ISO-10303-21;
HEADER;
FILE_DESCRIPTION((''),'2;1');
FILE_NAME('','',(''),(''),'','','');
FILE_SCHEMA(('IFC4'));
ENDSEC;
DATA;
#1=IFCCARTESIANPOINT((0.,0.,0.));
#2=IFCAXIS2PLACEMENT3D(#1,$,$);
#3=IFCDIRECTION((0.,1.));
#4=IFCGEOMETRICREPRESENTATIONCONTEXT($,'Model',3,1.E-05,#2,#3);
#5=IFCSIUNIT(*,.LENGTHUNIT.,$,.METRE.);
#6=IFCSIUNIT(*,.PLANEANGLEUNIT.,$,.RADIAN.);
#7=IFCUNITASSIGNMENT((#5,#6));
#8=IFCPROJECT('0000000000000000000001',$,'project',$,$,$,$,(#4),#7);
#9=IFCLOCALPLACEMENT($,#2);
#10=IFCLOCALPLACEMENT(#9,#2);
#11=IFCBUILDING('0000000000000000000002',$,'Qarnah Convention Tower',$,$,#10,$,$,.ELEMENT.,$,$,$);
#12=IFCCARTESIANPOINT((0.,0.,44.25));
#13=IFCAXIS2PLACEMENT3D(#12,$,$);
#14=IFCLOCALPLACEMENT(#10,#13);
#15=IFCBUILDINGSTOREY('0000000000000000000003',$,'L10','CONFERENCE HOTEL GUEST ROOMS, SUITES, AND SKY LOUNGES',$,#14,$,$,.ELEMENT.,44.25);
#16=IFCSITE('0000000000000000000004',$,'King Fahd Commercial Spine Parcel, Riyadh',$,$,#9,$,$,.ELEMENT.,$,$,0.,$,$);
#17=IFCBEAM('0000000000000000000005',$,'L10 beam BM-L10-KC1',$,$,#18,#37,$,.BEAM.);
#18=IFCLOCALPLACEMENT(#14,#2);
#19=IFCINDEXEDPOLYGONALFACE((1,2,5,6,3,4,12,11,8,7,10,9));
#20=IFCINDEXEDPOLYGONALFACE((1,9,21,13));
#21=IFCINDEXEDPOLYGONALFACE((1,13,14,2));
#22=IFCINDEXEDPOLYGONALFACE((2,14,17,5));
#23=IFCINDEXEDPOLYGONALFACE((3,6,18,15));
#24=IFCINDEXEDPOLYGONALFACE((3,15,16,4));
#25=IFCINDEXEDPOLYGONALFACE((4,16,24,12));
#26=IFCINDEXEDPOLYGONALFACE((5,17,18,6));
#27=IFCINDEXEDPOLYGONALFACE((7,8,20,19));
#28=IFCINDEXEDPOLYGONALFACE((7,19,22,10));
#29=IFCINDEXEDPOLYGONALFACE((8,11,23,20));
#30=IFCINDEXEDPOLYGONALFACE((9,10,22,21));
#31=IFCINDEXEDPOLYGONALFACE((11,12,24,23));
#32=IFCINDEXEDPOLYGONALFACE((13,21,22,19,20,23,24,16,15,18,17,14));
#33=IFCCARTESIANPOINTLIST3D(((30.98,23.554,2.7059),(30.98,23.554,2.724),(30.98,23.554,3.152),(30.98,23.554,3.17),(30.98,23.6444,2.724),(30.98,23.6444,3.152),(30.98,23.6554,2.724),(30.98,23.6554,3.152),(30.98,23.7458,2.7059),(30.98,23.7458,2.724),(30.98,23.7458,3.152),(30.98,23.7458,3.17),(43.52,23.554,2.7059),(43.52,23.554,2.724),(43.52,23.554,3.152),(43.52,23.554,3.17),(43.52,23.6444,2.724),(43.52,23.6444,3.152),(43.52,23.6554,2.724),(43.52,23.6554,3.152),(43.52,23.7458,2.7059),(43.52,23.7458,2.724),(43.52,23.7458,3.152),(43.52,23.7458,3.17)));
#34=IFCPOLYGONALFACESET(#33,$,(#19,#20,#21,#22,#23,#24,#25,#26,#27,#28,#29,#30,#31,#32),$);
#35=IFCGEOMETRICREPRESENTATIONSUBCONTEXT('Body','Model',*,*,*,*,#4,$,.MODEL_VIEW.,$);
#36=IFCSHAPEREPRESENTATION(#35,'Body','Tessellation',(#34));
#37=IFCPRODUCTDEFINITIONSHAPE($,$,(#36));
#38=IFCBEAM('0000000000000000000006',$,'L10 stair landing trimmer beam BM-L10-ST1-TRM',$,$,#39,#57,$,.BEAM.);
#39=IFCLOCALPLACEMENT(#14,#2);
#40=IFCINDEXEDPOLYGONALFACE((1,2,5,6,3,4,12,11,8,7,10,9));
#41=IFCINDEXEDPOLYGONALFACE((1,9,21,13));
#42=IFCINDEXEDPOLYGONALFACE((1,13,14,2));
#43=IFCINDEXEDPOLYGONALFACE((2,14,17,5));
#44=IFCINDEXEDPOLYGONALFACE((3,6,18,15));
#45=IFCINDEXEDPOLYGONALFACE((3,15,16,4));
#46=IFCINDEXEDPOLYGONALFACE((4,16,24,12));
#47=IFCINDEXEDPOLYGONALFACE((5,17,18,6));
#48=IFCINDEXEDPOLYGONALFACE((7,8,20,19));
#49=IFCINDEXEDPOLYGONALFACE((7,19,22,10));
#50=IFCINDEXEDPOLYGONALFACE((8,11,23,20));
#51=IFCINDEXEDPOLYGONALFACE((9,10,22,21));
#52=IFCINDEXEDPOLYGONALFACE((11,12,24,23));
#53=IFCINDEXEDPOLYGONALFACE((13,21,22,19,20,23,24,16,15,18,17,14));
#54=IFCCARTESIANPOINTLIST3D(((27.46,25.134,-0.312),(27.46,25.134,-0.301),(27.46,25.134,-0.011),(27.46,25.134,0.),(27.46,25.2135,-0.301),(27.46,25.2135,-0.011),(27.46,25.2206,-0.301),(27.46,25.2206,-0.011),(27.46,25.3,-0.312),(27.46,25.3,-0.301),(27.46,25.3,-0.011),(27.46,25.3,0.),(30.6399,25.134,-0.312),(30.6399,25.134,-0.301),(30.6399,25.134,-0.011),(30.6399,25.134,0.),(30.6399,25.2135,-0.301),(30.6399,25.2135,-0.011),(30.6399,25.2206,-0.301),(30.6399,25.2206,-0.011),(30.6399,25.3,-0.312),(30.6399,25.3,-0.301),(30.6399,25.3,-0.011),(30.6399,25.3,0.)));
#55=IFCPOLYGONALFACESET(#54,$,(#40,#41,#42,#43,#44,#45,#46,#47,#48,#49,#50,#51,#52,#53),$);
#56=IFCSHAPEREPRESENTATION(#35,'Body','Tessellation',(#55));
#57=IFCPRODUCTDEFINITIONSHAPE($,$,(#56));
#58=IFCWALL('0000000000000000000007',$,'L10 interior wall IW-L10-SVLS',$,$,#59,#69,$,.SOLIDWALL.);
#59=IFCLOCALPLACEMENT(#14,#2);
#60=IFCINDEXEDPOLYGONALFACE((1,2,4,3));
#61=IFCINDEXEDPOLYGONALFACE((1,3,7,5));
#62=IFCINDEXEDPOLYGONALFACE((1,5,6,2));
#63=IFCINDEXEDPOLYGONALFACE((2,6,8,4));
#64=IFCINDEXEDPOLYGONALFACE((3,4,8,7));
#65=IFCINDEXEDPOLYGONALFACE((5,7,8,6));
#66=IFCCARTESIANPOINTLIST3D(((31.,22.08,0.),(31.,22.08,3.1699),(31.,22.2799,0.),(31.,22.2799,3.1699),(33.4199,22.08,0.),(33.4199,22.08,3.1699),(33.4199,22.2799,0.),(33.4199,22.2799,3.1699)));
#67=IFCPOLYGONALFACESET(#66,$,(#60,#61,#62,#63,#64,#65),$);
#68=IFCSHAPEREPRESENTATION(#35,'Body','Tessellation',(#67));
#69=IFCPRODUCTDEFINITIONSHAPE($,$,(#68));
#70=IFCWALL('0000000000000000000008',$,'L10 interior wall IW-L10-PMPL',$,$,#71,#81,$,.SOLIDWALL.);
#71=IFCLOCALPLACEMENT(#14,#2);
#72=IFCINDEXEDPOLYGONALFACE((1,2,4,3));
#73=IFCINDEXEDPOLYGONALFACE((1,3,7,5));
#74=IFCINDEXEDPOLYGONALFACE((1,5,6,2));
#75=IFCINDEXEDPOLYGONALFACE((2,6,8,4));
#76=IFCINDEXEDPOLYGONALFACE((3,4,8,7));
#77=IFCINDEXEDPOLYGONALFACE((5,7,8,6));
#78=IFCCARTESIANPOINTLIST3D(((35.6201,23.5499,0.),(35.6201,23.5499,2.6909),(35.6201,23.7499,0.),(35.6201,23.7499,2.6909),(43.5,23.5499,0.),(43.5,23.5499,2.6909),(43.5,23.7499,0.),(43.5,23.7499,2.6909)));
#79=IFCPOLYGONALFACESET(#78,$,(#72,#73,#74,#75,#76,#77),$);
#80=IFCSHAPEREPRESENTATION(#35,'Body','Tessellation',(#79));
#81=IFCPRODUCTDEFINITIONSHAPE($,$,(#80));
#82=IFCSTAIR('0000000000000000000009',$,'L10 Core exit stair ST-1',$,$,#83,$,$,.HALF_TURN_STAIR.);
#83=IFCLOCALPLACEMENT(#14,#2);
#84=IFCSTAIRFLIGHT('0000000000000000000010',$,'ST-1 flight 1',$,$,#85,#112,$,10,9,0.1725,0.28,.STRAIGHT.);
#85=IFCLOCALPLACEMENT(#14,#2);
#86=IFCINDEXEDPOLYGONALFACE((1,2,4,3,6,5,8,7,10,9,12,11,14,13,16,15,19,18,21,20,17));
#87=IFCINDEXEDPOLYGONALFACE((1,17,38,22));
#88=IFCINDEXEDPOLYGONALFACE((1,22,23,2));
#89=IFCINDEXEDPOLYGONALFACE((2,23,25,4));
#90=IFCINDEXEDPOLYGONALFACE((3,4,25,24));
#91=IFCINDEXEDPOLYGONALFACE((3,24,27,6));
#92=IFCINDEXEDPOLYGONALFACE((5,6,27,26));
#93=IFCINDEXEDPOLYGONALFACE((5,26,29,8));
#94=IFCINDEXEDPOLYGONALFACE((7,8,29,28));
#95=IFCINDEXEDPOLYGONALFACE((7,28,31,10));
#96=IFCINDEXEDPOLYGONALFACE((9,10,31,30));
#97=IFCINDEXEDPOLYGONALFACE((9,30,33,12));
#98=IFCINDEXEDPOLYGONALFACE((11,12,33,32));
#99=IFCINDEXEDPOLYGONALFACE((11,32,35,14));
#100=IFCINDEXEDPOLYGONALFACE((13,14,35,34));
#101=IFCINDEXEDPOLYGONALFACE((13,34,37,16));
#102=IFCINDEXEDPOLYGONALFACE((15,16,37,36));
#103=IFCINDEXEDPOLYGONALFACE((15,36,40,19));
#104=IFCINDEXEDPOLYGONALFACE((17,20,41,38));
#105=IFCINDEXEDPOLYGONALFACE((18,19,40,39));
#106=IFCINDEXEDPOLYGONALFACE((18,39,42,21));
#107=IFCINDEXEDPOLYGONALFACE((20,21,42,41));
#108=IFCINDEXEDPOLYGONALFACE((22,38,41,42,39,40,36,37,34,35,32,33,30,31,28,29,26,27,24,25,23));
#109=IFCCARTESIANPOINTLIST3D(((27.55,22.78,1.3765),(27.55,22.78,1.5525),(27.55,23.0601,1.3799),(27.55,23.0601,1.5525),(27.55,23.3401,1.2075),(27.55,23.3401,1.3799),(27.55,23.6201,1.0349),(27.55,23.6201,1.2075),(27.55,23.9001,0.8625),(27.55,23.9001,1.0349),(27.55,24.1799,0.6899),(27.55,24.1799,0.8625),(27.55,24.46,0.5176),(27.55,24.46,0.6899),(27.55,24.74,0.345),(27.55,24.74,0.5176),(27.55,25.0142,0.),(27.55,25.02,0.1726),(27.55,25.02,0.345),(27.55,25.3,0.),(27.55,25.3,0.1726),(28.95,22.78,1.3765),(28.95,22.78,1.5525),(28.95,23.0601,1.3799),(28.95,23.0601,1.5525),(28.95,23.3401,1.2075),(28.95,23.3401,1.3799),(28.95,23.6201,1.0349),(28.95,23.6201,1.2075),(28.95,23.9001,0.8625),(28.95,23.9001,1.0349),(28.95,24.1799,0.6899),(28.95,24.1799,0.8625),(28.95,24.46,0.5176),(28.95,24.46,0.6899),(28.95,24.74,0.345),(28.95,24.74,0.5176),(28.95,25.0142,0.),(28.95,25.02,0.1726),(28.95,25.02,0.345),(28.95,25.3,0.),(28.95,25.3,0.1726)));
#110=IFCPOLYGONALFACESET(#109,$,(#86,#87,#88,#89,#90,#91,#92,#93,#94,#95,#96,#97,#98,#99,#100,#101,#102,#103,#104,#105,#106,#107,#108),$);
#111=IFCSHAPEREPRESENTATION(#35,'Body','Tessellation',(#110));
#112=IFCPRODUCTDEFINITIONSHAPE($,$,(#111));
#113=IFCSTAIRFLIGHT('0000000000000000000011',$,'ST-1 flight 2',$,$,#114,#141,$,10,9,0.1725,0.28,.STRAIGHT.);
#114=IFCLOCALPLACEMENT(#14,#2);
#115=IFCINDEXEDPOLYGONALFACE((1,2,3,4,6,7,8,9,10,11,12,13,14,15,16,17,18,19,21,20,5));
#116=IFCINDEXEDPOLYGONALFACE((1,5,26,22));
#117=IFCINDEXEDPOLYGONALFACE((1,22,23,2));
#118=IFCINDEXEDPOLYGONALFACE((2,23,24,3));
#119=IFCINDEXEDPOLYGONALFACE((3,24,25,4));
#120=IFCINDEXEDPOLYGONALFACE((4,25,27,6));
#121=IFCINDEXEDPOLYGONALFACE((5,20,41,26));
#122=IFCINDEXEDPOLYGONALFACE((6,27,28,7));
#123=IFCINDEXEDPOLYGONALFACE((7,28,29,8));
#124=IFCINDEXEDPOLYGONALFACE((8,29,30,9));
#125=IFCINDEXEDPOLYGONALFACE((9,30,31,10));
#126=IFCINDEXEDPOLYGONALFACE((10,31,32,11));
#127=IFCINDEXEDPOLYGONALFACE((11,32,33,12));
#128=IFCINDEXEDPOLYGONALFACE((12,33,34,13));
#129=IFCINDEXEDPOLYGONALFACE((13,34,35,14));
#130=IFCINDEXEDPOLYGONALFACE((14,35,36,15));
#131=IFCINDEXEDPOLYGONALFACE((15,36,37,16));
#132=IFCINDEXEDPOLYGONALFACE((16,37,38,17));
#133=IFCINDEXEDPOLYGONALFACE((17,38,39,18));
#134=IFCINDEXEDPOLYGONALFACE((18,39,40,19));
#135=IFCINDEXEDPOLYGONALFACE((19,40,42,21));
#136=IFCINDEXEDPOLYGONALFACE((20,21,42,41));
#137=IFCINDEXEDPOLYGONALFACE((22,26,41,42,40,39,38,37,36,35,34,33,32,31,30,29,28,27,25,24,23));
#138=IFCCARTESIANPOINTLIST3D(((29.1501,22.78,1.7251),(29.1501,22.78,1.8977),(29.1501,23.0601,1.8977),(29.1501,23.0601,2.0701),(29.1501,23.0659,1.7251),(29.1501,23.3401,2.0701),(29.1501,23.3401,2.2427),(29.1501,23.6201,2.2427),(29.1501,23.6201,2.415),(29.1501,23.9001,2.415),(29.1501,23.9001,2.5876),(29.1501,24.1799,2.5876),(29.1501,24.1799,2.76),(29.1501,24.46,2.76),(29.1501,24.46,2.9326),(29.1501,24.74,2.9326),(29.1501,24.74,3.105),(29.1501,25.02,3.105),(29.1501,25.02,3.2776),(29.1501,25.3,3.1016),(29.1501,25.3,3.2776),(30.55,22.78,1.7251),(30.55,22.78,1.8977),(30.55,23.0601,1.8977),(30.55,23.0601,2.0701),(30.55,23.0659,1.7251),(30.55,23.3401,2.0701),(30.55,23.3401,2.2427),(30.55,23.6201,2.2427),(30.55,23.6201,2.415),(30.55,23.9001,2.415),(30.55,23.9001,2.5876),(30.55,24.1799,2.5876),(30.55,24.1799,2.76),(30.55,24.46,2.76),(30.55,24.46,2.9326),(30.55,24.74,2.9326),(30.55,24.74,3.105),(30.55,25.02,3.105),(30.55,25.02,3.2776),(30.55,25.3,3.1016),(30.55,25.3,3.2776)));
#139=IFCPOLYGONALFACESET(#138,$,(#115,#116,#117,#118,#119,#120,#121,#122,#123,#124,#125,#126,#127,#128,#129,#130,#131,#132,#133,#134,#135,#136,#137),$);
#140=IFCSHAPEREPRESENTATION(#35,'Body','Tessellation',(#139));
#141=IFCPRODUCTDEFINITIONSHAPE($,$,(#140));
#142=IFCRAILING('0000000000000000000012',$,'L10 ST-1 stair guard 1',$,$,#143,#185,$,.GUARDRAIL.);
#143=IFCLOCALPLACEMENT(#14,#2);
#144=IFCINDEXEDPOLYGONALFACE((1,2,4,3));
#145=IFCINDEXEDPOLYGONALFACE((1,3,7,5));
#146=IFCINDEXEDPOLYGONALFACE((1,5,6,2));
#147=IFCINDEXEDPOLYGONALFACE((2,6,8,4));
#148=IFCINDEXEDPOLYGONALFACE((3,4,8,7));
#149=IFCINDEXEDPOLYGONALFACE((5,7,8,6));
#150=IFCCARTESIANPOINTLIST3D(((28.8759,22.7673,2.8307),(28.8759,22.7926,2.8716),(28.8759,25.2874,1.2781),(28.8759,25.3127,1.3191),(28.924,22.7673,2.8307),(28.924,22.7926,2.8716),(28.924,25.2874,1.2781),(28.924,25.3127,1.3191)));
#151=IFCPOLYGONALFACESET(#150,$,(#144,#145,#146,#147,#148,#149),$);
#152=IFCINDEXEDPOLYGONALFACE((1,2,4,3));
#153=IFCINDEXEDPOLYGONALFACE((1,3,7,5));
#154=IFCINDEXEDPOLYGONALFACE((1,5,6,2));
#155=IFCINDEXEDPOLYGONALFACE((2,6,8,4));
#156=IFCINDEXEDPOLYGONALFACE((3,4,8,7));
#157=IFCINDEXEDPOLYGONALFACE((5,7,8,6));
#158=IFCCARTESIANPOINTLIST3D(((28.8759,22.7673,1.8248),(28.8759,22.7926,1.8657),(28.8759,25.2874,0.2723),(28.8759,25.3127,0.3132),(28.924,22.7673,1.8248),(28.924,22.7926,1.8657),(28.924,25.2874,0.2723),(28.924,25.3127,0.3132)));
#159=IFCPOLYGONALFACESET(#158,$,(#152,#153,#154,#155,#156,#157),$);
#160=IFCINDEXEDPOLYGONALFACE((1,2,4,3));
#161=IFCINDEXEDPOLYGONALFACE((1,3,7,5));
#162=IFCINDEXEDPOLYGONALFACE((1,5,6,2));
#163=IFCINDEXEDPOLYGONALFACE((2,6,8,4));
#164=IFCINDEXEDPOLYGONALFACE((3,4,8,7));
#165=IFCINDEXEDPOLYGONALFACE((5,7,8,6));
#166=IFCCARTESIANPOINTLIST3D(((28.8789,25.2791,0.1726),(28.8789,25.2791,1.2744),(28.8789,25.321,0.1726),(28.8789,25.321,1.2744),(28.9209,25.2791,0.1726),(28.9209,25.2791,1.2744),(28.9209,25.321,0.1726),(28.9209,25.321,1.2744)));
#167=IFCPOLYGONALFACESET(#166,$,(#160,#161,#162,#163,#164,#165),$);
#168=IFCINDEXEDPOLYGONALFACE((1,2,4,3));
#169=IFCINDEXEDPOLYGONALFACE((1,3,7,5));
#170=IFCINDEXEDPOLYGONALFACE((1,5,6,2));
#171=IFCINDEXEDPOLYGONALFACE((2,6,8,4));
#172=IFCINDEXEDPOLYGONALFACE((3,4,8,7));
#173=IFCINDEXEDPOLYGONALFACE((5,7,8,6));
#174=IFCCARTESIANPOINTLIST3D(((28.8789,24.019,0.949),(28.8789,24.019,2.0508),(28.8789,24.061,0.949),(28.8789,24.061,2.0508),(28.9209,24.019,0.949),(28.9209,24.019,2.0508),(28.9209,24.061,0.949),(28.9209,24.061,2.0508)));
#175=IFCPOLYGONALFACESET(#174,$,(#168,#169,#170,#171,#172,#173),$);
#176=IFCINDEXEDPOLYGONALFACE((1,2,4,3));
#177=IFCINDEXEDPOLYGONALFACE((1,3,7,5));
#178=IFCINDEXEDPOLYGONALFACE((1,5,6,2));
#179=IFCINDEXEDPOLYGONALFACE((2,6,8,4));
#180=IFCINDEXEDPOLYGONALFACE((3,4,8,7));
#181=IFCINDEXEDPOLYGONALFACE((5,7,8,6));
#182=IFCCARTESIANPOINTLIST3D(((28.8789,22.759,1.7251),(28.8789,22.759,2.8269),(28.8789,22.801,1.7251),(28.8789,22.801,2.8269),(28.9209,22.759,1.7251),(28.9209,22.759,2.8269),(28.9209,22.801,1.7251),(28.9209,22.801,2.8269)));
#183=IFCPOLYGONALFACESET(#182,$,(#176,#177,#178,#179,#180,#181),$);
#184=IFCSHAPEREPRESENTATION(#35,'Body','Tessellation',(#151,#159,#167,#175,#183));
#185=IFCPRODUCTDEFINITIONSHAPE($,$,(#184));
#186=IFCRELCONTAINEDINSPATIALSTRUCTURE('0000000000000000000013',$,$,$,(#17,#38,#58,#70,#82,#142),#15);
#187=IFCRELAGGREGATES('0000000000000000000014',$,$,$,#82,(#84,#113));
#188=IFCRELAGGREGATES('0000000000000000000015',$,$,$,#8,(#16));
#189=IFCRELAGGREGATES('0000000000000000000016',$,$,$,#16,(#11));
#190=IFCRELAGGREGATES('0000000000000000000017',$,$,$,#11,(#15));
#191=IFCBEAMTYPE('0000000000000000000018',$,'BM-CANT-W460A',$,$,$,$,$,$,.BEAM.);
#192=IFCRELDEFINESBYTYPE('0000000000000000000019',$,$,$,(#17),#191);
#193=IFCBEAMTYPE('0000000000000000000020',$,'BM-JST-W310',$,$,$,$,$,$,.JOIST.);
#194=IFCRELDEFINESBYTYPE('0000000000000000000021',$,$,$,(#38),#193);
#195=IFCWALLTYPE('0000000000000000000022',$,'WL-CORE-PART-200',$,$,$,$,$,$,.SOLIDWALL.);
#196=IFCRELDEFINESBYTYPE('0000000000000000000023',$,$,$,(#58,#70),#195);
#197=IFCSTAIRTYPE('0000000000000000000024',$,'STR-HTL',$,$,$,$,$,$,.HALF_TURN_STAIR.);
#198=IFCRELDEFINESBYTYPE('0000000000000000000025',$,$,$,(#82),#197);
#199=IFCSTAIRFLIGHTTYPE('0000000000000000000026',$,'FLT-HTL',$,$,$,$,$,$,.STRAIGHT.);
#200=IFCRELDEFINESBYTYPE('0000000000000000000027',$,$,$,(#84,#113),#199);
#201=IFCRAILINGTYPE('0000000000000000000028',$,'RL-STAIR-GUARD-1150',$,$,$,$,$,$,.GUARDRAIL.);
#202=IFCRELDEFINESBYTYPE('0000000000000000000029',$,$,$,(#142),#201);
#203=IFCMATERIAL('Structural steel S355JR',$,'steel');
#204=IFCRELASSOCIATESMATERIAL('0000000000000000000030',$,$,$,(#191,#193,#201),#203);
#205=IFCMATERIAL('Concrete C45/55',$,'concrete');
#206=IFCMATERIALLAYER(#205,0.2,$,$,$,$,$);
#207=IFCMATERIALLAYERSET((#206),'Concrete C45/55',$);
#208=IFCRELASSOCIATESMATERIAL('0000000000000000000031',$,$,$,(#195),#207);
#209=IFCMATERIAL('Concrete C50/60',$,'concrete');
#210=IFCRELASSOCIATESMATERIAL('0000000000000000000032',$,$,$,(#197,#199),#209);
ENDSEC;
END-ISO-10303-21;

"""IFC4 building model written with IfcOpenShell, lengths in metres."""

from ifc_helpers import new_model, si_unit, direction, frame, frame_2d, origin, origin_2d, place, context, subcontext, project, spatial, polyline, rectangle, i_section, outline, extrude, material, layer, layer_set, material_profile, profile_set, type_object, element, aggregate, save


model = new_model("IFC4")

# Units and contexts
model_context = context("Model", 3, precision=1e-05, world=origin(), true_north=direction((0.0, 1.0)))
body_context = subcontext(model_context, "Body", "Model", "MODEL_VIEW")
ifc_project = project(units=[si_unit("LENGTHUNIT", "METRE"), si_unit("PLANEANGLEUNIT", "RADIAN")], contexts=[model_context])

# Site, building, storey
site_placement = place(None, origin())
site = spatial("IfcSite", under=ifc_project, at=site_placement, Name="King Fahd Commercial Spine Parcel, Riyadh", CompositionType="ELEMENT", RefElevation=0.0)
building_placement = place(site_placement, origin())
building = spatial("IfcBuilding", under=site, at=building_placement, Name="Qarnah Convention Tower", CompositionType="ELEMENT")
storey_placement = place(building_placement, frame((0.0, 0.0, 44.25)))
storey = spatial("IfcBuildingStorey", under=building, at=storey_placement, Name="L10", Description="CONFERENCE HOTEL GUEST ROOMS, SUITES, AND SKY LOUNGES", CompositionType="ELEMENT", Elevation=44.25)

# Beams
ifc_material_1 = material(Name="Structural steel S355JR", Category="steel")
ifc_material_profile_1 = material_profile(ifc_material_1, i_section(OverallWidth=0.1919, OverallDepth=0.4641, WebThickness=0.011, FlangeThickness=0.0181, at=origin_2d()), Name="W460X89")
ifc_profile_set_1 = profile_set([ifc_material_profile_1], Name="Structural steel S355JR")
beam_type_1 = type_object("IfcBeamType", Name="BM-CANT-W460A", PredefinedType="BEAM", material=ifc_profile_set_1)
beam_1_placement = place(storey_placement, frame((30.98, 23.6499, 2.938), z_axis=(1.0, 0.0, 0.0), x_axis=(0.0, 1.0, 0.0)))
element("IfcBeam", 1, at=beam_1_placement, inside=storey, type_object=beam_type_1, Name="L10 beam BM-L10-KC1", PredefinedType="BEAM", context=body_context, shape_type="SweptSolid", body=[
    extrude(i_section(OverallWidth=0.1919, OverallDepth=0.4641, WebThickness=0.011, FlangeThickness=0.0181, at=origin_2d()), origin(), (0.0, 0.0, 1.0), 12.54),
])
ifc_material_profile_2 = material_profile(ifc_material_1, i_section(OverallWidth=0.166, OverallDepth=0.312, WebThickness=0.0071, FlangeThickness=0.011, at=origin_2d()), Name="W310X45")
ifc_profile_set_2 = profile_set([ifc_material_profile_2], Name="Structural steel S355JR")
beam_type_2 = type_object("IfcBeamType", Name="BM-JST-W310", PredefinedType="JOIST", material=ifc_profile_set_2)
beam_2_placement = place(storey_placement, frame((27.46, 25.217, -0.156), z_axis=(1.0, 0.0, 0.0), x_axis=(0.0, 1.0, 0.0)))
element("IfcBeam", 2, at=beam_2_placement, inside=storey, type_object=beam_type_2, Name="L10 stair landing trimmer beam BM-L10-ST1-TRM", PredefinedType="BEAM", context=body_context, shape_type="SweptSolid", body=[
    extrude(i_section(OverallWidth=0.166, OverallDepth=0.312, WebThickness=0.0071, FlangeThickness=0.011, at=origin_2d()), origin(), (0.0, 0.0, 1.0), 3.1799),
])

# Shared definitions
ifc_material_2 = material(Name="Concrete C45/55", Category="concrete")
ifc_layer = layer(ifc_material_2, 0.2)
ifc_layer_set = layer_set([ifc_layer], Name="Concrete C45/55")
wall_type = type_object("IfcWallType", Name="WL-CORE-PART-200", PredefinedType="SOLIDWALL", material=ifc_layer_set)

# Walls
wall_1_placement = place(storey_placement, frame((31.0, 22.1799, 0.0), z_axis=(0.0, 0.0, 1.0), x_axis=(1.0, 0.0, 0.0)))
element("IfcWall", 3, at=wall_1_placement, inside=storey, type_object=wall_type, Name="L10 interior wall IW-L10-SVLS", PredefinedType="SOLIDWALL", context=body_context, shape_type="SweptSolid", body=[
    extrude(rectangle(XDim=2.4199, YDim=0.2, at=frame_2d((1.21, 0.0))), origin(), (0.0, 0.0, 1.0), 3.1699),
])
wall_2_placement = place(storey_placement, frame((35.6201, 23.6499, 0.0), z_axis=(0.0, 0.0, 1.0), x_axis=(1.0, 0.0, 0.0)))
element("IfcWall", 4, at=wall_2_placement, inside=storey, type_object=wall_type, Name="L10 interior wall IW-L10-PMPL", PredefinedType="SOLIDWALL", context=body_context, shape_type="SweptSolid", body=[
    extrude(rectangle(XDim=7.8799, YDim=0.2, at=frame_2d((3.9399, 0.0))), origin(), (0.0, 0.0, 1.0), 2.6909),
])

# Stair, stair flights
ifc_material_3 = material(Name="Concrete C50/60", Category="concrete")
stair_type = type_object("IfcStairType", Name="STR-HTL", PredefinedType="HALF_TURN_STAIR", material=ifc_material_3)
stair_placement = place(storey_placement, origin())
stair = element("IfcStair", 5, at=stair_placement, inside=storey, type_object=stair_type, Name="L10 Core exit stair ST-1", PredefinedType="HALF_TURN_STAIR")
stair_flight_type = type_object("IfcStairFlightType", Name="FLT-HTL", PredefinedType="STRAIGHT", material=ifc_material_3)
stair_flight_1_placement = place(storey_placement, frame((28.25, 25.3, 0.0), z_axis=(0.0, 0.0, 1.0), x_axis=(0.0, -1.0, 0.0)))
stair_flight_1 = element("IfcStairFlight", 6, at=stair_flight_1_placement, type_object=stair_flight_type, Name="ST-1 flight 1", NumberOfRisers=10, NumberOfTreads=9, PredefinedType="STRAIGHT", RiserHeight=0.1725, TreadLength=0.28, context=body_context, shape_type="SweptSolid", body=[
    extrude(outline(polyline([(0.0, 0.0), (0.0, 0.1726), (0.28, 0.1726), (0.28, 0.345), (0.5601, 0.345), (0.5601, 0.5176), (0.8401, 0.5176), (0.8401, 0.6899), (1.1201, 0.6899), (1.1201, 0.8625), (1.3999, 0.8625), (1.3999, 1.0349), (1.6799, 1.0349), (1.6799, 1.2075), (1.96, 1.2075), (1.96, 1.3799), (2.24, 1.3799), (2.24, 1.5525), (2.52, 1.5525), (2.52, 1.7251), (2.52, 1.3765), (0.2859, 0.0), (0.0, 0.0)])), frame((0.0, 0.7, 0.0), z_axis=(0.0, -1.0, 0.0), x_axis=(1.0, 0.0, 0.0)), (0.0, 0.0, 1.0), 1.3999),
])
stair_flight_2_placement = place(storey_placement, frame((29.8501, 22.78, 1.7251), z_axis=(0.0, 0.0, 1.0), x_axis=(0.0, 1.0, 0.0)))
stair_flight_2 = element("IfcStairFlight", 7, at=stair_flight_2_placement, type_object=stair_flight_type, Name="ST-1 flight 2", NumberOfRisers=10, NumberOfTreads=9, PredefinedType="STRAIGHT", RiserHeight=0.1725, TreadLength=0.28, context=body_context, shape_type="SweptSolid", body=[
    extrude(outline(polyline([(0.0, 0.0), (0.0, 0.1726), (0.28, 0.1726), (0.28, 0.345), (0.5601, 0.345), (0.5601, 0.5176), (0.8401, 0.5176), (0.8401, 0.6899), (1.1201, 0.6899), (1.1201, 0.8625), (1.3999, 0.8625), (1.3999, 1.0349), (1.6799, 1.0349), (1.6799, 1.2075), (1.96, 1.2075), (1.96, 1.3799), (2.24, 1.3799), (2.24, 1.5525), (2.52, 1.5525), (2.52, 1.7251), (2.52, 1.3765), (0.2859, 0.0), (0.0, 0.0)])), frame((0.0, 0.7, 0.0), z_axis=(0.0, -1.0, 0.0), x_axis=(1.0, 0.0, 0.0)), (0.0, 0.0, 1.0), 1.3999),
])
aggregate(stair, [stair_flight_1, stair_flight_2])

# Railing
railing_type_1 = type_object("IfcRailingType", Name="RL-STAIR-GUARD-1150", PredefinedType="GUARDRAIL", material=ifc_material_1)
railing_1_placement = place(storey_placement, frame((28.8999, 25.3, 0.1726)))
element("IfcRailing", 8, at=railing_1_placement, inside=storey, type_object=railing_type_1, Name="L10 ST-1 stair guard 1", PredefinedType="GUARDRAIL", context=body_context, shape_type="SweptSolid", body=[
    extrude(rectangle(XDim=0.0481, YDim=0.0481, at=origin_2d()), frame((0.0, 0.0, 1.126), z_axis=(0.0, -0.8514, 0.524516), x_axis=(1.0, 0.0, 0.0)), (0.0, 0.0, 1.0), 2.96),
    extrude(rectangle(XDim=0.0481, YDim=0.0481, at=origin_2d()), frame((0.0, 0.0, 0.1201), z_axis=(0.0, -0.8514, 0.524516), x_axis=(1.0, 0.0, 0.0)), (0.0, 0.0, 1.0), 2.96),
    extrude(rectangle(XDim=0.042, YDim=0.042, at=origin_2d()), origin(), (0.0, 0.0, 1.0), 1.1018),
    extrude(rectangle(XDim=0.042, YDim=0.042, at=origin_2d()), frame((0.0, -1.26, 0.7764)), (0.0, 0.0, 1.0), 1.1018),
    extrude(rectangle(XDim=0.042, YDim=0.042, at=origin_2d()), frame((0.0, -2.52, 1.5525)), (0.0, 0.0, 1.0), 1.1018),
])

save(model, "model.ifc")
